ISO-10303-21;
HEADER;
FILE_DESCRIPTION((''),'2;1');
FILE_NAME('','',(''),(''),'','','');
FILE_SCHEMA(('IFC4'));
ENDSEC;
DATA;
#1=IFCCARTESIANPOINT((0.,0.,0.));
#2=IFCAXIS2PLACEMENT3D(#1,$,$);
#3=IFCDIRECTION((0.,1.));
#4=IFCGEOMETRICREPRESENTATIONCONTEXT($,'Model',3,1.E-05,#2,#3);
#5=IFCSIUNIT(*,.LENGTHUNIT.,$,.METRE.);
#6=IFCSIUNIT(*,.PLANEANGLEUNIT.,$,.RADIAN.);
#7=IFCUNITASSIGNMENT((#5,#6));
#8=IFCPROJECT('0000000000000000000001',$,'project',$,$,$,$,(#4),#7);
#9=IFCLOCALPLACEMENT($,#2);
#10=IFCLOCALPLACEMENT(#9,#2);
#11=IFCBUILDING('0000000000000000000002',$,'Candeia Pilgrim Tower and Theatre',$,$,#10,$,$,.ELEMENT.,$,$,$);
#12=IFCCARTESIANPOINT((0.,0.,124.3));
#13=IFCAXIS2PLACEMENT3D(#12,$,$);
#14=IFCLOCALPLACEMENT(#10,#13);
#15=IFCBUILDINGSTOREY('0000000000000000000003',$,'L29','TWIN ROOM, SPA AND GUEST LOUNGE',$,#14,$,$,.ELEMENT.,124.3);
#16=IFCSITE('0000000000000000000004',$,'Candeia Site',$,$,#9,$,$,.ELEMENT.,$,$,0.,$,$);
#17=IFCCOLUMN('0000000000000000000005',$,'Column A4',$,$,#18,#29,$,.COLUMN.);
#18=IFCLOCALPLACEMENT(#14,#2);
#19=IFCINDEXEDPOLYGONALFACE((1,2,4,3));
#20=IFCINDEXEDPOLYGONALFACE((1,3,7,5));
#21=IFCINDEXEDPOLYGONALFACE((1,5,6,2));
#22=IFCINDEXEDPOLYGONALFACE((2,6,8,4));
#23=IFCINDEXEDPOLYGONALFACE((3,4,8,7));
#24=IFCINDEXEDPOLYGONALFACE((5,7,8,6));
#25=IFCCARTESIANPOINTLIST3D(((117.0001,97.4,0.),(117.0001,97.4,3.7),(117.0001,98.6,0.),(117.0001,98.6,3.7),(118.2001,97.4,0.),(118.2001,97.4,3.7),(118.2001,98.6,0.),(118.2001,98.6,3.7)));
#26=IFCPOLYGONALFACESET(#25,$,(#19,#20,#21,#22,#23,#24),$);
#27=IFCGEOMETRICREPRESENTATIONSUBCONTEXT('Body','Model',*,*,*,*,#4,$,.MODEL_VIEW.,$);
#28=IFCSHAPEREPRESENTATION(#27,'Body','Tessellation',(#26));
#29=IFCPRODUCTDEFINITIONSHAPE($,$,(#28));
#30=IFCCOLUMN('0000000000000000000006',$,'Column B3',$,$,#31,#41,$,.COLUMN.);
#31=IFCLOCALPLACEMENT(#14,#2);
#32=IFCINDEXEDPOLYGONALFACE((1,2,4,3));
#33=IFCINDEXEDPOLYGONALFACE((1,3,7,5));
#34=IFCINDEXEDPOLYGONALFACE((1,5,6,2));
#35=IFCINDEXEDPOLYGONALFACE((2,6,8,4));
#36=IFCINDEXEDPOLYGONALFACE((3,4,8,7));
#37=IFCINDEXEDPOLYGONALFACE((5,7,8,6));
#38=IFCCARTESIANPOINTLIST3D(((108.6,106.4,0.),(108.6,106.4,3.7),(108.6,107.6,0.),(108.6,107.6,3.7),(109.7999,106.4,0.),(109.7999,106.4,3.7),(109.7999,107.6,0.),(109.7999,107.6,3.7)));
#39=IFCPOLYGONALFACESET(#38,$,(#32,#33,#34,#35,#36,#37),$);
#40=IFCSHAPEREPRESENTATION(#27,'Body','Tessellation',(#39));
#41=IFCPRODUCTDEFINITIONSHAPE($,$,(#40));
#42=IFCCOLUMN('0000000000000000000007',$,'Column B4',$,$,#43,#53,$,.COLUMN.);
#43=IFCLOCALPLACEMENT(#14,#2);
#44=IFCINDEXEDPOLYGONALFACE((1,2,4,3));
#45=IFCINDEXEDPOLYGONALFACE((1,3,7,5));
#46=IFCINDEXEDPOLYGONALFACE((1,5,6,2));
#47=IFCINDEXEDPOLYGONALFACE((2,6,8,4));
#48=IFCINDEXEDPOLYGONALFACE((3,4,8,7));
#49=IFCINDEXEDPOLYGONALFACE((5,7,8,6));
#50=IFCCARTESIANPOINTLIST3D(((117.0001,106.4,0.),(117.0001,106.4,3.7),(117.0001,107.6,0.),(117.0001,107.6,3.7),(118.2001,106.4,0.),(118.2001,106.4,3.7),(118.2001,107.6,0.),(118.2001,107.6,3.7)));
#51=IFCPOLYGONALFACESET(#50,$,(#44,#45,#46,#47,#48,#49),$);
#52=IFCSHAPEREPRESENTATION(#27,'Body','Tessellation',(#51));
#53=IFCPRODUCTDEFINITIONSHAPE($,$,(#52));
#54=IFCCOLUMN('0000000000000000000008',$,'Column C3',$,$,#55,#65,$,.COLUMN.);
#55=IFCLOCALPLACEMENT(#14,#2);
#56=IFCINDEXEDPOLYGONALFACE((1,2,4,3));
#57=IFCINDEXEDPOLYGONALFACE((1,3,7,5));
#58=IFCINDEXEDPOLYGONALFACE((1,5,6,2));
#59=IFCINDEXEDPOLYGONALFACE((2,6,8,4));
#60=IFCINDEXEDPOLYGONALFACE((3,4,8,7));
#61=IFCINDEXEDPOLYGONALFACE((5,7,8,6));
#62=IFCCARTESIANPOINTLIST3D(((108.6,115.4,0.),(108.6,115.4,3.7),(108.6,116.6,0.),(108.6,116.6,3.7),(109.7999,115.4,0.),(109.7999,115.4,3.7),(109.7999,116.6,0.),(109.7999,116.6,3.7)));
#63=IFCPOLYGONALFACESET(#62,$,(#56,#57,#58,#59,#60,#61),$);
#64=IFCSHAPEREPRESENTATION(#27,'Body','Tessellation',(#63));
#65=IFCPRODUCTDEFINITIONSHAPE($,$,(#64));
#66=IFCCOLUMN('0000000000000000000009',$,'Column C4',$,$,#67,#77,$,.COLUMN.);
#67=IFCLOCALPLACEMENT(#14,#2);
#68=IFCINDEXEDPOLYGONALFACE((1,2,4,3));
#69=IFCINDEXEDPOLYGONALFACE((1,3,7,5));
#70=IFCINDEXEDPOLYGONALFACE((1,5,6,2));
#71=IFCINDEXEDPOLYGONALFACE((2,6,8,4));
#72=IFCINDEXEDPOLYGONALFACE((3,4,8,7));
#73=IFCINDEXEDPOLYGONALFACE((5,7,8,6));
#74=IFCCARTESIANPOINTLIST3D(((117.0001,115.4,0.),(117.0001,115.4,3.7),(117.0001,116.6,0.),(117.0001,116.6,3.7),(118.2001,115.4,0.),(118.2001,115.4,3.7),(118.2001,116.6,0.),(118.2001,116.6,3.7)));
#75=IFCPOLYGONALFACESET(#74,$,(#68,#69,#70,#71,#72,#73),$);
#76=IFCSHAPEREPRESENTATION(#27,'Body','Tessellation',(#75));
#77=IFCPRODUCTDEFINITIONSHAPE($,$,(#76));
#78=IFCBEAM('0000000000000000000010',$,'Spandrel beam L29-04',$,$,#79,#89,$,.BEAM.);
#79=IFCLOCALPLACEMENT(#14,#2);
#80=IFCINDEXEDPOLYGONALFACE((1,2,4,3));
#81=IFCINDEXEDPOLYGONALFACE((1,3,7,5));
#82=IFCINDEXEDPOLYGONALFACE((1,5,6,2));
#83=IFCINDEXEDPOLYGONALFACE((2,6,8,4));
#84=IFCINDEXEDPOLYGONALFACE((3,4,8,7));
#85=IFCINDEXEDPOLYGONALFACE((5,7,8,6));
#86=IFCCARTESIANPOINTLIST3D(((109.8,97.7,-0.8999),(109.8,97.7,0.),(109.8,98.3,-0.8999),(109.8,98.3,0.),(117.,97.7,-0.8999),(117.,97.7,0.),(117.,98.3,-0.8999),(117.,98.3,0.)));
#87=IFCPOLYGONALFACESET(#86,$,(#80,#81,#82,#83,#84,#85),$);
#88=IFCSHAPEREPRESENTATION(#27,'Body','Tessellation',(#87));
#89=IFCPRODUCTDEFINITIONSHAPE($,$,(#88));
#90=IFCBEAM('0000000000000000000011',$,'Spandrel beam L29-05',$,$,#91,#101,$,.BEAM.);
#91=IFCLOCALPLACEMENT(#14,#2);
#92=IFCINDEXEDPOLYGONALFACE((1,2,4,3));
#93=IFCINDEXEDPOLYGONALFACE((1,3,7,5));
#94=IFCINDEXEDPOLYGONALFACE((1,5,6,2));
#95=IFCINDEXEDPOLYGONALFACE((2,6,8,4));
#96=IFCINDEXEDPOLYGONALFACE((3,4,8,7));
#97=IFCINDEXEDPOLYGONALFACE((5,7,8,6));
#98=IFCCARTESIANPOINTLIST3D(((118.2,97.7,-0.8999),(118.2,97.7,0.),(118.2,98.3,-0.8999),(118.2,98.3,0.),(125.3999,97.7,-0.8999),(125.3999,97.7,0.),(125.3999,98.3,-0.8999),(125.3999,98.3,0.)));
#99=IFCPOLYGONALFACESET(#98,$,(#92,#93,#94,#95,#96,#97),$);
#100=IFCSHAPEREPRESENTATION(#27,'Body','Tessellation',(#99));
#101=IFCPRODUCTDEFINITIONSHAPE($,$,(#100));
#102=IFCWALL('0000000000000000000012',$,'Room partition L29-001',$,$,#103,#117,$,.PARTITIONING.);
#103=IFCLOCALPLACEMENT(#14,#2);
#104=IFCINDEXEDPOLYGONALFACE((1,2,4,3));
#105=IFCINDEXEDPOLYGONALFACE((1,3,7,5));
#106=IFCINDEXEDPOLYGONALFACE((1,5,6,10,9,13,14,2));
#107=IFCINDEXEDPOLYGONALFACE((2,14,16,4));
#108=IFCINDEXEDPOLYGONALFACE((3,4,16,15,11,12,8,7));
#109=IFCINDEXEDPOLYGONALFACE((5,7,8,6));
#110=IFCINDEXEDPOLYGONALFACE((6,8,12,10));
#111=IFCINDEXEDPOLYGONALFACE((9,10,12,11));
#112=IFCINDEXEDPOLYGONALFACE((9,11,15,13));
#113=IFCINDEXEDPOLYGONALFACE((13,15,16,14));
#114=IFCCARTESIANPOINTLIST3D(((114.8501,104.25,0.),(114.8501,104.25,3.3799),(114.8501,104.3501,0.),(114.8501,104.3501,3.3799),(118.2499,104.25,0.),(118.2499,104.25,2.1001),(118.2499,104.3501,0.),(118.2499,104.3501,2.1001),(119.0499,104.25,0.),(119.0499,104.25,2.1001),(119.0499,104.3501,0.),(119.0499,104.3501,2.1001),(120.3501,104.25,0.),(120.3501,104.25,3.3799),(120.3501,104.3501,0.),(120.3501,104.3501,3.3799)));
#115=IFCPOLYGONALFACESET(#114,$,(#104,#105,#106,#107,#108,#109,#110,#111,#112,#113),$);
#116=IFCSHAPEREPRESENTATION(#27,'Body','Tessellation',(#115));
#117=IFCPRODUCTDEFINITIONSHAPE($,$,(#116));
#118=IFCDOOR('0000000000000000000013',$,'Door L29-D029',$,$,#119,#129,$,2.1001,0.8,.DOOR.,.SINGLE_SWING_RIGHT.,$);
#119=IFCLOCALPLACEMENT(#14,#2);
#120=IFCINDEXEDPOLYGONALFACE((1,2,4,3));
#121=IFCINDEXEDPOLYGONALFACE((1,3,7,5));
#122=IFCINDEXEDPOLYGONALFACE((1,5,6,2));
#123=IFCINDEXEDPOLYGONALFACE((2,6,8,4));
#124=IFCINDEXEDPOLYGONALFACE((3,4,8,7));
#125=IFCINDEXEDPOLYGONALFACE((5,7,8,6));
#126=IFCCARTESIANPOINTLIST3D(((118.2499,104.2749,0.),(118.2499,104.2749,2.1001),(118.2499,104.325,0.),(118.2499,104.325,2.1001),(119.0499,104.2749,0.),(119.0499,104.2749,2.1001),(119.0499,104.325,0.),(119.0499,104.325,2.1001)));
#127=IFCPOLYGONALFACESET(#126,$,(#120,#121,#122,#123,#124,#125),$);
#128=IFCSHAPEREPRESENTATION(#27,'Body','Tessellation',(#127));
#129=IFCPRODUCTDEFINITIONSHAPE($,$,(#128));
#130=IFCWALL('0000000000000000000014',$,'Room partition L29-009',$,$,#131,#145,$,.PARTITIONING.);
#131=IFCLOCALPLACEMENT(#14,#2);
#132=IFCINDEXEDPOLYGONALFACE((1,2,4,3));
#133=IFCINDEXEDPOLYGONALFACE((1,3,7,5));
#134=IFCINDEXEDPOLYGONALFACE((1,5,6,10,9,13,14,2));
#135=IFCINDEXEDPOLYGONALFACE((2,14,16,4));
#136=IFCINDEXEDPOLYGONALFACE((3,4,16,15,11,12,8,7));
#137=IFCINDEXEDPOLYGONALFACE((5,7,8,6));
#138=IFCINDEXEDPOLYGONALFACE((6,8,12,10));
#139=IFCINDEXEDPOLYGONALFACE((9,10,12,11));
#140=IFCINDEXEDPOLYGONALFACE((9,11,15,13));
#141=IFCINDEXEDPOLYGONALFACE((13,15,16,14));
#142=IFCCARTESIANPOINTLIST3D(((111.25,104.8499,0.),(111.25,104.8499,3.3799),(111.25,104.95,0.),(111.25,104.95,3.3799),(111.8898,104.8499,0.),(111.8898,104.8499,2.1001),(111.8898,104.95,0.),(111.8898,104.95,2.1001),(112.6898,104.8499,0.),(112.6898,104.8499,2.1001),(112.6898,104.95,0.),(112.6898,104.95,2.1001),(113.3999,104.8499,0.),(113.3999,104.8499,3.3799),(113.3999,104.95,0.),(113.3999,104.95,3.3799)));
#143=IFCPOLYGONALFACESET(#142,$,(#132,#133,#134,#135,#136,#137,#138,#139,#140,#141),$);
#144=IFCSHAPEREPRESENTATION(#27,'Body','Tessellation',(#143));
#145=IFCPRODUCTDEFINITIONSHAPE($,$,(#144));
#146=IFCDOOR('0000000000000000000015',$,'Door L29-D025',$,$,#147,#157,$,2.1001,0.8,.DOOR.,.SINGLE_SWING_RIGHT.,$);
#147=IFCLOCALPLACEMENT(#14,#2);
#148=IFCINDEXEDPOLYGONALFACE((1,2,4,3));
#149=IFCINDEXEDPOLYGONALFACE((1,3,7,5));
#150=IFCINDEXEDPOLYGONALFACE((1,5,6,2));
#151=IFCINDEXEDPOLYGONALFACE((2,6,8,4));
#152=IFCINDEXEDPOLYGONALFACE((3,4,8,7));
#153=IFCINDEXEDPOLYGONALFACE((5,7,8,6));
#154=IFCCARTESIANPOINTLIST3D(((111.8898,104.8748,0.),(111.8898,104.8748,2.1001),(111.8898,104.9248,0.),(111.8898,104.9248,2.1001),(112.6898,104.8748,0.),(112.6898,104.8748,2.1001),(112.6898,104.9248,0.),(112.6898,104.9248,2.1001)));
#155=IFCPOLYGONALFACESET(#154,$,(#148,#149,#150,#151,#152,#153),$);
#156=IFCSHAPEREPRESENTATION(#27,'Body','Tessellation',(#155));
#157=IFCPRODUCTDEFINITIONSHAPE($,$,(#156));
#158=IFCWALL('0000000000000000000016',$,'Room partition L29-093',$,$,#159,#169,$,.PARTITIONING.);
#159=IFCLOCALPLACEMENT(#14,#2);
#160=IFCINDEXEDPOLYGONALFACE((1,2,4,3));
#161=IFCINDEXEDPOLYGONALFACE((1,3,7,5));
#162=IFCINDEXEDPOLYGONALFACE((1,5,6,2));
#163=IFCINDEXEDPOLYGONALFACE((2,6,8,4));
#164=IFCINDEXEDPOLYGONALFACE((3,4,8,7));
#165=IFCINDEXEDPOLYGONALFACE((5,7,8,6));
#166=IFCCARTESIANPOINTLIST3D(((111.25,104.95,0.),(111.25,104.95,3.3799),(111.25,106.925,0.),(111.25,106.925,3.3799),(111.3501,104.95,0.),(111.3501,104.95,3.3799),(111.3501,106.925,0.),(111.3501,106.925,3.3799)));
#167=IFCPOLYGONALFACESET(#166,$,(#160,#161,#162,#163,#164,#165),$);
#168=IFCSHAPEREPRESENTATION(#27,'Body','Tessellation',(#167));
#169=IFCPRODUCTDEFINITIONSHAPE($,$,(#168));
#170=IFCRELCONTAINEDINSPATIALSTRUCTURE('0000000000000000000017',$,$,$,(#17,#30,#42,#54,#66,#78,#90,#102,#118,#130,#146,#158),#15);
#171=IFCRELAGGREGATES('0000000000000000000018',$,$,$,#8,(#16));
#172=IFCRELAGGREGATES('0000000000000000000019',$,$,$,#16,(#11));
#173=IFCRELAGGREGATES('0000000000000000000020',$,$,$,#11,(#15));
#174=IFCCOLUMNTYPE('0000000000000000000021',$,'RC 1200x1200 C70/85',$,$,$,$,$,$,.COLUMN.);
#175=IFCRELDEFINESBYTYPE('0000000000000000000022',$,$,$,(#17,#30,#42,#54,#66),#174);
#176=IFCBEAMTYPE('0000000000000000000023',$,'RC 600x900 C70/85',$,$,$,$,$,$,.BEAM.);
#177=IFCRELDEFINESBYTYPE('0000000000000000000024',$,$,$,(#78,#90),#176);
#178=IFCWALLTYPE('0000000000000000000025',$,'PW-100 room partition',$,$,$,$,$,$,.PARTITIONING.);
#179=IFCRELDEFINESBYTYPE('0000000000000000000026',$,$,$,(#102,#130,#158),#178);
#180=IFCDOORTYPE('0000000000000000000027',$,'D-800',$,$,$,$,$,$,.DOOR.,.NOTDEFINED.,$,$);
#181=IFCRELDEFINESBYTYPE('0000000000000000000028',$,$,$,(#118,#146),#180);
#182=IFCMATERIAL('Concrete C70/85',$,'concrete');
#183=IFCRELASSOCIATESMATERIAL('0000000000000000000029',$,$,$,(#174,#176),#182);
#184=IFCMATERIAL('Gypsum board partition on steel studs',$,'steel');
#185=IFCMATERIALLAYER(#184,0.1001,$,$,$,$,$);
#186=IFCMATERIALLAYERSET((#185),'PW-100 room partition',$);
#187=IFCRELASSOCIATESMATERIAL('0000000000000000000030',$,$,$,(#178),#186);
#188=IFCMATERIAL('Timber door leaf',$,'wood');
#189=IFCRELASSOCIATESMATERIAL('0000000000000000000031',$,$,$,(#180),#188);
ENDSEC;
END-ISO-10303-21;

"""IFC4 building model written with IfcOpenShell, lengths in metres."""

from ifc_helpers import new_model, si_unit, direction, frame, frame_2d, origin, origin_2d, place, context, subcontext, project, spatial, rectangle, extrude, material, layer, layer_set, material_profile, profile_set, type_object, element, fill, save


model = new_model("IFC4")

# Units and contexts
model_context = context("Model", 3, precision=1e-05, world=origin(), true_north=direction((0.0, 1.0)))
body_context = subcontext(model_context, "Body", "Model", "MODEL_VIEW")
ifc_project = project(units=[si_unit("LENGTHUNIT", "METRE"), si_unit("PLANEANGLEUNIT", "RADIAN")], contexts=[model_context])

# Site, building, storey
site_placement = place(None, origin())
site = spatial("IfcSite", under=ifc_project, at=site_placement, Name="Candeia Site", CompositionType="ELEMENT", RefElevation=0.0)
building_placement = place(site_placement, origin())
building = spatial("IfcBuilding", under=site, at=building_placement, Name="Candeia Pilgrim Tower and Theatre", CompositionType="ELEMENT")
storey_placement = place(building_placement, frame((0.0, 0.0, 124.3)))
storey = spatial("IfcBuildingStorey", under=building, at=storey_placement, Name="L29", Description="TWIN ROOM, SPA AND GUEST LOUNGE", CompositionType="ELEMENT", Elevation=124.3)

# Columns
ifc_material_1 = material(Name="Concrete C70/85", Category="concrete")
ifc_material_profile_1 = material_profile(ifc_material_1, rectangle(XDim=1.2, YDim=1.2, at=origin_2d()))
ifc_profile_set_1 = profile_set([ifc_material_profile_1], Name="Concrete C70/85")
column_type = type_object("IfcColumnType", Name="RC 1200x1200 C70/85", PredefinedType="COLUMN", material=ifc_profile_set_1)
for number, where, z_axis, x_axis, name in (
    (1, (117.6001, 98.0, 0.0), (0.0, 0.0, 1.0), (1.0, 0.0, 0.0), "Column A4"),
    (2, (109.2, 107.0, 0.0), (0.0, 0.0, 1.0), (1.0, 0.0, 0.0), "Column B3"),
    (3, (117.6001, 107.0, 0.0), (0.0, 0.0, 1.0), (1.0, 0.0, 0.0), "Column B4"),
    (4, (109.2, 116.0, 0.0), (0.0, 0.0, 1.0), (1.0, 0.0, 0.0), "Column C3"),
    (5, (117.6001, 116.0, 0.0), (0.0, 0.0, 1.0), (1.0, 0.0, 0.0), "Column C4"),
):
    element("IfcColumn", number, at=place(storey_placement, frame(where, z_axis=z_axis, x_axis=x_axis)), inside=storey, type_object=column_type, Name=name, PredefinedType="COLUMN", context=body_context, shape_type="SweptSolid", body=[
        extrude(rectangle(XDim=1.2, YDim=1.2, at=origin_2d()), origin(), (0.0, 0.0, 1.0), 3.7),
    ])

# Beams
ifc_material_profile_2 = material_profile(ifc_material_1, rectangle(XDim=0.6001, YDim=0.8999, at=origin_2d()))
ifc_profile_set_2 = profile_set([ifc_material_profile_2], Name="Concrete C70/85")
beam_type = type_object("IfcBeamType", Name="RC 600x900 C70/85", PredefinedType="BEAM", material=ifc_profile_set_2)
for number, where, z_axis, x_axis, name in (
    (6, (109.8, 98.0, -0.45), (1.0, 0.0, 0.0), (0.0, 1.0, 0.0), "Spandrel beam L29-04"),
    (7, (118.2, 98.0, -0.45), (1.0, 0.0, 0.0), (0.0, 1.0, 0.0), "Spandrel beam L29-05"),
):
    element("IfcBeam", number, at=place(storey_placement, frame(where, z_axis=z_axis, x_axis=x_axis)), inside=storey, type_object=beam_type, Name=name, PredefinedType="BEAM", context=body_context, shape_type="SweptSolid", body=[
        extrude(rectangle(XDim=0.6001, YDim=0.8999, at=origin_2d()), origin(), (0.0, 0.0, 1.0), 7.2),
    ])

# Walls, openings, doors
ifc_material_2 = material(Name="Gypsum board partition on steel studs", Category="steel")
ifc_layer_1 = layer(ifc_material_2, 0.1001)
ifc_layer_set_1 = layer_set([ifc_layer_1], Name="PW-100 room partition")
wall_type_1 = type_object("IfcWallType", Name="PW-100 room partition", PredefinedType="PARTITIONING", material=ifc_layer_set_1)
wall_1_placement = place(storey_placement, frame((114.8501, 104.3, 0.0), z_axis=(0.0, 0.0, 1.0), x_axis=(1.0, 0.0, 0.0)))
wall_1 = element("IfcWall", 8, at=wall_1_placement, inside=storey, type_object=wall_type_1, Name="Room partition L29-001", PredefinedType="PARTITIONING", context=body_context, shape_type="SweptSolid", body=[
    extrude(rectangle(XDim=5.5, YDim=0.1001, at=frame_2d((2.75, 0.0))), origin(), (0.0, 0.0, 1.0), 3.3799),
])
opening_1_placement = place(wall_1_placement, frame((3.3999, 0.0, 0.0)))
opening_1 = element("IfcOpeningElement", 9, at=opening_1_placement, cuts=wall_1, PredefinedType="OPENING", context=body_context, shape_type="SweptSolid", body=[
    extrude(rectangle(XDim=0.8, YDim=2.1001, at=frame_2d((0.3999, 1.05))), frame((0.0, 0.0601, 0.0), z_axis=(0.0, -1.0, 0.0), x_axis=(1.0, 0.0, 0.0)), (0.0, 0.0, 1.0), 0.1201),
])
ifc_material_3 = material(Name="Timber door leaf", Category="wood")
door_type_1 = type_object("IfcDoorType", Name="D-800", OperationType="NOTDEFINED", PredefinedType="DOOR", material=ifc_material_3)
door_1_placement = place(opening_1_placement, origin())
door_1 = element("IfcDoor", 10, at=door_1_placement, inside=storey, type_object=door_type_1, Name="Door L29-D029", OperationType="SINGLE_SWING_RIGHT", OverallHeight=2.1001, OverallWidth=0.8, PredefinedType="DOOR", context=body_context, shape_type="SweptSolid", body=[
    extrude(rectangle(XDim=0.8, YDim=2.1001, at=frame_2d((0.3999, 1.05))), frame((0.0, 0.0249, 0.0), z_axis=(0.0, -1.0, 0.0), x_axis=(1.0, 0.0, 0.0)), (0.0, 0.0, 1.0), 0.05),
])
fill(opening_1, door_1)
wall_2_placement = place(storey_placement, frame((111.25, 104.8999, 0.0), z_axis=(0.0, 0.0, 1.0), x_axis=(1.0, 0.0, 0.0)))
wall_2 = element("IfcWall", 11, at=wall_2_placement, inside=storey, type_object=wall_type_1, Name="Room partition L29-009", PredefinedType="PARTITIONING", context=body_context, shape_type="SweptSolid", body=[
    extrude(rectangle(XDim=2.1499, YDim=0.1001, at=frame_2d((1.075, 0.0))), origin(), (0.0, 0.0, 1.0), 3.3799),
])
opening_2_placement = place(wall_2_placement, frame((0.6399, 0.0, 0.0)))
opening_2 = element("IfcOpeningElement", 12, at=opening_2_placement, cuts=wall_2, PredefinedType="OPENING", context=body_context, shape_type="SweptSolid", body=[
    extrude(rectangle(XDim=0.8, YDim=2.1001, at=frame_2d((0.3999, 1.05))), frame((0.0, 0.0601, 0.0), z_axis=(0.0, -1.0, 0.0), x_axis=(1.0, 0.0, 0.0)), (0.0, 0.0, 1.0), 0.1201),
])
door_2_placement = place(opening_2_placement, origin())
door_2 = element("IfcDoor", 13, at=door_2_placement, inside=storey, type_object=door_type_1, Name="Door L29-D025", OperationType="SINGLE_SWING_RIGHT", OverallHeight=2.1001, OverallWidth=0.8, PredefinedType="DOOR", context=body_context, shape_type="SweptSolid", body=[
    extrude(rectangle(XDim=0.8, YDim=2.1001, at=frame_2d((0.3999, 1.05))), frame((0.0, 0.0249, 0.0), z_axis=(0.0, -1.0, 0.0), x_axis=(1.0, 0.0, 0.0)), (0.0, 0.0, 1.0), 0.05),
])
fill(opening_2, door_2)

# Wall
wall_3_placement = place(storey_placement, frame((111.3, 104.95, 0.0), z_axis=(0.0, 0.0, 1.0), x_axis=(0.0, 1.0, 0.0)))
element("IfcWall", 14, at=wall_3_placement, inside=storey, type_object=wall_type_1, Name="Room partition L29-093", PredefinedType="PARTITIONING", context=body_context, shape_type="SweptSolid", body=[
    extrude(rectangle(XDim=1.9751, YDim=0.1001, at=frame_2d((0.9875, 0.0))), origin(), (0.0, 0.0, 1.0), 3.3799),
])

save(model, "model.ifc")
